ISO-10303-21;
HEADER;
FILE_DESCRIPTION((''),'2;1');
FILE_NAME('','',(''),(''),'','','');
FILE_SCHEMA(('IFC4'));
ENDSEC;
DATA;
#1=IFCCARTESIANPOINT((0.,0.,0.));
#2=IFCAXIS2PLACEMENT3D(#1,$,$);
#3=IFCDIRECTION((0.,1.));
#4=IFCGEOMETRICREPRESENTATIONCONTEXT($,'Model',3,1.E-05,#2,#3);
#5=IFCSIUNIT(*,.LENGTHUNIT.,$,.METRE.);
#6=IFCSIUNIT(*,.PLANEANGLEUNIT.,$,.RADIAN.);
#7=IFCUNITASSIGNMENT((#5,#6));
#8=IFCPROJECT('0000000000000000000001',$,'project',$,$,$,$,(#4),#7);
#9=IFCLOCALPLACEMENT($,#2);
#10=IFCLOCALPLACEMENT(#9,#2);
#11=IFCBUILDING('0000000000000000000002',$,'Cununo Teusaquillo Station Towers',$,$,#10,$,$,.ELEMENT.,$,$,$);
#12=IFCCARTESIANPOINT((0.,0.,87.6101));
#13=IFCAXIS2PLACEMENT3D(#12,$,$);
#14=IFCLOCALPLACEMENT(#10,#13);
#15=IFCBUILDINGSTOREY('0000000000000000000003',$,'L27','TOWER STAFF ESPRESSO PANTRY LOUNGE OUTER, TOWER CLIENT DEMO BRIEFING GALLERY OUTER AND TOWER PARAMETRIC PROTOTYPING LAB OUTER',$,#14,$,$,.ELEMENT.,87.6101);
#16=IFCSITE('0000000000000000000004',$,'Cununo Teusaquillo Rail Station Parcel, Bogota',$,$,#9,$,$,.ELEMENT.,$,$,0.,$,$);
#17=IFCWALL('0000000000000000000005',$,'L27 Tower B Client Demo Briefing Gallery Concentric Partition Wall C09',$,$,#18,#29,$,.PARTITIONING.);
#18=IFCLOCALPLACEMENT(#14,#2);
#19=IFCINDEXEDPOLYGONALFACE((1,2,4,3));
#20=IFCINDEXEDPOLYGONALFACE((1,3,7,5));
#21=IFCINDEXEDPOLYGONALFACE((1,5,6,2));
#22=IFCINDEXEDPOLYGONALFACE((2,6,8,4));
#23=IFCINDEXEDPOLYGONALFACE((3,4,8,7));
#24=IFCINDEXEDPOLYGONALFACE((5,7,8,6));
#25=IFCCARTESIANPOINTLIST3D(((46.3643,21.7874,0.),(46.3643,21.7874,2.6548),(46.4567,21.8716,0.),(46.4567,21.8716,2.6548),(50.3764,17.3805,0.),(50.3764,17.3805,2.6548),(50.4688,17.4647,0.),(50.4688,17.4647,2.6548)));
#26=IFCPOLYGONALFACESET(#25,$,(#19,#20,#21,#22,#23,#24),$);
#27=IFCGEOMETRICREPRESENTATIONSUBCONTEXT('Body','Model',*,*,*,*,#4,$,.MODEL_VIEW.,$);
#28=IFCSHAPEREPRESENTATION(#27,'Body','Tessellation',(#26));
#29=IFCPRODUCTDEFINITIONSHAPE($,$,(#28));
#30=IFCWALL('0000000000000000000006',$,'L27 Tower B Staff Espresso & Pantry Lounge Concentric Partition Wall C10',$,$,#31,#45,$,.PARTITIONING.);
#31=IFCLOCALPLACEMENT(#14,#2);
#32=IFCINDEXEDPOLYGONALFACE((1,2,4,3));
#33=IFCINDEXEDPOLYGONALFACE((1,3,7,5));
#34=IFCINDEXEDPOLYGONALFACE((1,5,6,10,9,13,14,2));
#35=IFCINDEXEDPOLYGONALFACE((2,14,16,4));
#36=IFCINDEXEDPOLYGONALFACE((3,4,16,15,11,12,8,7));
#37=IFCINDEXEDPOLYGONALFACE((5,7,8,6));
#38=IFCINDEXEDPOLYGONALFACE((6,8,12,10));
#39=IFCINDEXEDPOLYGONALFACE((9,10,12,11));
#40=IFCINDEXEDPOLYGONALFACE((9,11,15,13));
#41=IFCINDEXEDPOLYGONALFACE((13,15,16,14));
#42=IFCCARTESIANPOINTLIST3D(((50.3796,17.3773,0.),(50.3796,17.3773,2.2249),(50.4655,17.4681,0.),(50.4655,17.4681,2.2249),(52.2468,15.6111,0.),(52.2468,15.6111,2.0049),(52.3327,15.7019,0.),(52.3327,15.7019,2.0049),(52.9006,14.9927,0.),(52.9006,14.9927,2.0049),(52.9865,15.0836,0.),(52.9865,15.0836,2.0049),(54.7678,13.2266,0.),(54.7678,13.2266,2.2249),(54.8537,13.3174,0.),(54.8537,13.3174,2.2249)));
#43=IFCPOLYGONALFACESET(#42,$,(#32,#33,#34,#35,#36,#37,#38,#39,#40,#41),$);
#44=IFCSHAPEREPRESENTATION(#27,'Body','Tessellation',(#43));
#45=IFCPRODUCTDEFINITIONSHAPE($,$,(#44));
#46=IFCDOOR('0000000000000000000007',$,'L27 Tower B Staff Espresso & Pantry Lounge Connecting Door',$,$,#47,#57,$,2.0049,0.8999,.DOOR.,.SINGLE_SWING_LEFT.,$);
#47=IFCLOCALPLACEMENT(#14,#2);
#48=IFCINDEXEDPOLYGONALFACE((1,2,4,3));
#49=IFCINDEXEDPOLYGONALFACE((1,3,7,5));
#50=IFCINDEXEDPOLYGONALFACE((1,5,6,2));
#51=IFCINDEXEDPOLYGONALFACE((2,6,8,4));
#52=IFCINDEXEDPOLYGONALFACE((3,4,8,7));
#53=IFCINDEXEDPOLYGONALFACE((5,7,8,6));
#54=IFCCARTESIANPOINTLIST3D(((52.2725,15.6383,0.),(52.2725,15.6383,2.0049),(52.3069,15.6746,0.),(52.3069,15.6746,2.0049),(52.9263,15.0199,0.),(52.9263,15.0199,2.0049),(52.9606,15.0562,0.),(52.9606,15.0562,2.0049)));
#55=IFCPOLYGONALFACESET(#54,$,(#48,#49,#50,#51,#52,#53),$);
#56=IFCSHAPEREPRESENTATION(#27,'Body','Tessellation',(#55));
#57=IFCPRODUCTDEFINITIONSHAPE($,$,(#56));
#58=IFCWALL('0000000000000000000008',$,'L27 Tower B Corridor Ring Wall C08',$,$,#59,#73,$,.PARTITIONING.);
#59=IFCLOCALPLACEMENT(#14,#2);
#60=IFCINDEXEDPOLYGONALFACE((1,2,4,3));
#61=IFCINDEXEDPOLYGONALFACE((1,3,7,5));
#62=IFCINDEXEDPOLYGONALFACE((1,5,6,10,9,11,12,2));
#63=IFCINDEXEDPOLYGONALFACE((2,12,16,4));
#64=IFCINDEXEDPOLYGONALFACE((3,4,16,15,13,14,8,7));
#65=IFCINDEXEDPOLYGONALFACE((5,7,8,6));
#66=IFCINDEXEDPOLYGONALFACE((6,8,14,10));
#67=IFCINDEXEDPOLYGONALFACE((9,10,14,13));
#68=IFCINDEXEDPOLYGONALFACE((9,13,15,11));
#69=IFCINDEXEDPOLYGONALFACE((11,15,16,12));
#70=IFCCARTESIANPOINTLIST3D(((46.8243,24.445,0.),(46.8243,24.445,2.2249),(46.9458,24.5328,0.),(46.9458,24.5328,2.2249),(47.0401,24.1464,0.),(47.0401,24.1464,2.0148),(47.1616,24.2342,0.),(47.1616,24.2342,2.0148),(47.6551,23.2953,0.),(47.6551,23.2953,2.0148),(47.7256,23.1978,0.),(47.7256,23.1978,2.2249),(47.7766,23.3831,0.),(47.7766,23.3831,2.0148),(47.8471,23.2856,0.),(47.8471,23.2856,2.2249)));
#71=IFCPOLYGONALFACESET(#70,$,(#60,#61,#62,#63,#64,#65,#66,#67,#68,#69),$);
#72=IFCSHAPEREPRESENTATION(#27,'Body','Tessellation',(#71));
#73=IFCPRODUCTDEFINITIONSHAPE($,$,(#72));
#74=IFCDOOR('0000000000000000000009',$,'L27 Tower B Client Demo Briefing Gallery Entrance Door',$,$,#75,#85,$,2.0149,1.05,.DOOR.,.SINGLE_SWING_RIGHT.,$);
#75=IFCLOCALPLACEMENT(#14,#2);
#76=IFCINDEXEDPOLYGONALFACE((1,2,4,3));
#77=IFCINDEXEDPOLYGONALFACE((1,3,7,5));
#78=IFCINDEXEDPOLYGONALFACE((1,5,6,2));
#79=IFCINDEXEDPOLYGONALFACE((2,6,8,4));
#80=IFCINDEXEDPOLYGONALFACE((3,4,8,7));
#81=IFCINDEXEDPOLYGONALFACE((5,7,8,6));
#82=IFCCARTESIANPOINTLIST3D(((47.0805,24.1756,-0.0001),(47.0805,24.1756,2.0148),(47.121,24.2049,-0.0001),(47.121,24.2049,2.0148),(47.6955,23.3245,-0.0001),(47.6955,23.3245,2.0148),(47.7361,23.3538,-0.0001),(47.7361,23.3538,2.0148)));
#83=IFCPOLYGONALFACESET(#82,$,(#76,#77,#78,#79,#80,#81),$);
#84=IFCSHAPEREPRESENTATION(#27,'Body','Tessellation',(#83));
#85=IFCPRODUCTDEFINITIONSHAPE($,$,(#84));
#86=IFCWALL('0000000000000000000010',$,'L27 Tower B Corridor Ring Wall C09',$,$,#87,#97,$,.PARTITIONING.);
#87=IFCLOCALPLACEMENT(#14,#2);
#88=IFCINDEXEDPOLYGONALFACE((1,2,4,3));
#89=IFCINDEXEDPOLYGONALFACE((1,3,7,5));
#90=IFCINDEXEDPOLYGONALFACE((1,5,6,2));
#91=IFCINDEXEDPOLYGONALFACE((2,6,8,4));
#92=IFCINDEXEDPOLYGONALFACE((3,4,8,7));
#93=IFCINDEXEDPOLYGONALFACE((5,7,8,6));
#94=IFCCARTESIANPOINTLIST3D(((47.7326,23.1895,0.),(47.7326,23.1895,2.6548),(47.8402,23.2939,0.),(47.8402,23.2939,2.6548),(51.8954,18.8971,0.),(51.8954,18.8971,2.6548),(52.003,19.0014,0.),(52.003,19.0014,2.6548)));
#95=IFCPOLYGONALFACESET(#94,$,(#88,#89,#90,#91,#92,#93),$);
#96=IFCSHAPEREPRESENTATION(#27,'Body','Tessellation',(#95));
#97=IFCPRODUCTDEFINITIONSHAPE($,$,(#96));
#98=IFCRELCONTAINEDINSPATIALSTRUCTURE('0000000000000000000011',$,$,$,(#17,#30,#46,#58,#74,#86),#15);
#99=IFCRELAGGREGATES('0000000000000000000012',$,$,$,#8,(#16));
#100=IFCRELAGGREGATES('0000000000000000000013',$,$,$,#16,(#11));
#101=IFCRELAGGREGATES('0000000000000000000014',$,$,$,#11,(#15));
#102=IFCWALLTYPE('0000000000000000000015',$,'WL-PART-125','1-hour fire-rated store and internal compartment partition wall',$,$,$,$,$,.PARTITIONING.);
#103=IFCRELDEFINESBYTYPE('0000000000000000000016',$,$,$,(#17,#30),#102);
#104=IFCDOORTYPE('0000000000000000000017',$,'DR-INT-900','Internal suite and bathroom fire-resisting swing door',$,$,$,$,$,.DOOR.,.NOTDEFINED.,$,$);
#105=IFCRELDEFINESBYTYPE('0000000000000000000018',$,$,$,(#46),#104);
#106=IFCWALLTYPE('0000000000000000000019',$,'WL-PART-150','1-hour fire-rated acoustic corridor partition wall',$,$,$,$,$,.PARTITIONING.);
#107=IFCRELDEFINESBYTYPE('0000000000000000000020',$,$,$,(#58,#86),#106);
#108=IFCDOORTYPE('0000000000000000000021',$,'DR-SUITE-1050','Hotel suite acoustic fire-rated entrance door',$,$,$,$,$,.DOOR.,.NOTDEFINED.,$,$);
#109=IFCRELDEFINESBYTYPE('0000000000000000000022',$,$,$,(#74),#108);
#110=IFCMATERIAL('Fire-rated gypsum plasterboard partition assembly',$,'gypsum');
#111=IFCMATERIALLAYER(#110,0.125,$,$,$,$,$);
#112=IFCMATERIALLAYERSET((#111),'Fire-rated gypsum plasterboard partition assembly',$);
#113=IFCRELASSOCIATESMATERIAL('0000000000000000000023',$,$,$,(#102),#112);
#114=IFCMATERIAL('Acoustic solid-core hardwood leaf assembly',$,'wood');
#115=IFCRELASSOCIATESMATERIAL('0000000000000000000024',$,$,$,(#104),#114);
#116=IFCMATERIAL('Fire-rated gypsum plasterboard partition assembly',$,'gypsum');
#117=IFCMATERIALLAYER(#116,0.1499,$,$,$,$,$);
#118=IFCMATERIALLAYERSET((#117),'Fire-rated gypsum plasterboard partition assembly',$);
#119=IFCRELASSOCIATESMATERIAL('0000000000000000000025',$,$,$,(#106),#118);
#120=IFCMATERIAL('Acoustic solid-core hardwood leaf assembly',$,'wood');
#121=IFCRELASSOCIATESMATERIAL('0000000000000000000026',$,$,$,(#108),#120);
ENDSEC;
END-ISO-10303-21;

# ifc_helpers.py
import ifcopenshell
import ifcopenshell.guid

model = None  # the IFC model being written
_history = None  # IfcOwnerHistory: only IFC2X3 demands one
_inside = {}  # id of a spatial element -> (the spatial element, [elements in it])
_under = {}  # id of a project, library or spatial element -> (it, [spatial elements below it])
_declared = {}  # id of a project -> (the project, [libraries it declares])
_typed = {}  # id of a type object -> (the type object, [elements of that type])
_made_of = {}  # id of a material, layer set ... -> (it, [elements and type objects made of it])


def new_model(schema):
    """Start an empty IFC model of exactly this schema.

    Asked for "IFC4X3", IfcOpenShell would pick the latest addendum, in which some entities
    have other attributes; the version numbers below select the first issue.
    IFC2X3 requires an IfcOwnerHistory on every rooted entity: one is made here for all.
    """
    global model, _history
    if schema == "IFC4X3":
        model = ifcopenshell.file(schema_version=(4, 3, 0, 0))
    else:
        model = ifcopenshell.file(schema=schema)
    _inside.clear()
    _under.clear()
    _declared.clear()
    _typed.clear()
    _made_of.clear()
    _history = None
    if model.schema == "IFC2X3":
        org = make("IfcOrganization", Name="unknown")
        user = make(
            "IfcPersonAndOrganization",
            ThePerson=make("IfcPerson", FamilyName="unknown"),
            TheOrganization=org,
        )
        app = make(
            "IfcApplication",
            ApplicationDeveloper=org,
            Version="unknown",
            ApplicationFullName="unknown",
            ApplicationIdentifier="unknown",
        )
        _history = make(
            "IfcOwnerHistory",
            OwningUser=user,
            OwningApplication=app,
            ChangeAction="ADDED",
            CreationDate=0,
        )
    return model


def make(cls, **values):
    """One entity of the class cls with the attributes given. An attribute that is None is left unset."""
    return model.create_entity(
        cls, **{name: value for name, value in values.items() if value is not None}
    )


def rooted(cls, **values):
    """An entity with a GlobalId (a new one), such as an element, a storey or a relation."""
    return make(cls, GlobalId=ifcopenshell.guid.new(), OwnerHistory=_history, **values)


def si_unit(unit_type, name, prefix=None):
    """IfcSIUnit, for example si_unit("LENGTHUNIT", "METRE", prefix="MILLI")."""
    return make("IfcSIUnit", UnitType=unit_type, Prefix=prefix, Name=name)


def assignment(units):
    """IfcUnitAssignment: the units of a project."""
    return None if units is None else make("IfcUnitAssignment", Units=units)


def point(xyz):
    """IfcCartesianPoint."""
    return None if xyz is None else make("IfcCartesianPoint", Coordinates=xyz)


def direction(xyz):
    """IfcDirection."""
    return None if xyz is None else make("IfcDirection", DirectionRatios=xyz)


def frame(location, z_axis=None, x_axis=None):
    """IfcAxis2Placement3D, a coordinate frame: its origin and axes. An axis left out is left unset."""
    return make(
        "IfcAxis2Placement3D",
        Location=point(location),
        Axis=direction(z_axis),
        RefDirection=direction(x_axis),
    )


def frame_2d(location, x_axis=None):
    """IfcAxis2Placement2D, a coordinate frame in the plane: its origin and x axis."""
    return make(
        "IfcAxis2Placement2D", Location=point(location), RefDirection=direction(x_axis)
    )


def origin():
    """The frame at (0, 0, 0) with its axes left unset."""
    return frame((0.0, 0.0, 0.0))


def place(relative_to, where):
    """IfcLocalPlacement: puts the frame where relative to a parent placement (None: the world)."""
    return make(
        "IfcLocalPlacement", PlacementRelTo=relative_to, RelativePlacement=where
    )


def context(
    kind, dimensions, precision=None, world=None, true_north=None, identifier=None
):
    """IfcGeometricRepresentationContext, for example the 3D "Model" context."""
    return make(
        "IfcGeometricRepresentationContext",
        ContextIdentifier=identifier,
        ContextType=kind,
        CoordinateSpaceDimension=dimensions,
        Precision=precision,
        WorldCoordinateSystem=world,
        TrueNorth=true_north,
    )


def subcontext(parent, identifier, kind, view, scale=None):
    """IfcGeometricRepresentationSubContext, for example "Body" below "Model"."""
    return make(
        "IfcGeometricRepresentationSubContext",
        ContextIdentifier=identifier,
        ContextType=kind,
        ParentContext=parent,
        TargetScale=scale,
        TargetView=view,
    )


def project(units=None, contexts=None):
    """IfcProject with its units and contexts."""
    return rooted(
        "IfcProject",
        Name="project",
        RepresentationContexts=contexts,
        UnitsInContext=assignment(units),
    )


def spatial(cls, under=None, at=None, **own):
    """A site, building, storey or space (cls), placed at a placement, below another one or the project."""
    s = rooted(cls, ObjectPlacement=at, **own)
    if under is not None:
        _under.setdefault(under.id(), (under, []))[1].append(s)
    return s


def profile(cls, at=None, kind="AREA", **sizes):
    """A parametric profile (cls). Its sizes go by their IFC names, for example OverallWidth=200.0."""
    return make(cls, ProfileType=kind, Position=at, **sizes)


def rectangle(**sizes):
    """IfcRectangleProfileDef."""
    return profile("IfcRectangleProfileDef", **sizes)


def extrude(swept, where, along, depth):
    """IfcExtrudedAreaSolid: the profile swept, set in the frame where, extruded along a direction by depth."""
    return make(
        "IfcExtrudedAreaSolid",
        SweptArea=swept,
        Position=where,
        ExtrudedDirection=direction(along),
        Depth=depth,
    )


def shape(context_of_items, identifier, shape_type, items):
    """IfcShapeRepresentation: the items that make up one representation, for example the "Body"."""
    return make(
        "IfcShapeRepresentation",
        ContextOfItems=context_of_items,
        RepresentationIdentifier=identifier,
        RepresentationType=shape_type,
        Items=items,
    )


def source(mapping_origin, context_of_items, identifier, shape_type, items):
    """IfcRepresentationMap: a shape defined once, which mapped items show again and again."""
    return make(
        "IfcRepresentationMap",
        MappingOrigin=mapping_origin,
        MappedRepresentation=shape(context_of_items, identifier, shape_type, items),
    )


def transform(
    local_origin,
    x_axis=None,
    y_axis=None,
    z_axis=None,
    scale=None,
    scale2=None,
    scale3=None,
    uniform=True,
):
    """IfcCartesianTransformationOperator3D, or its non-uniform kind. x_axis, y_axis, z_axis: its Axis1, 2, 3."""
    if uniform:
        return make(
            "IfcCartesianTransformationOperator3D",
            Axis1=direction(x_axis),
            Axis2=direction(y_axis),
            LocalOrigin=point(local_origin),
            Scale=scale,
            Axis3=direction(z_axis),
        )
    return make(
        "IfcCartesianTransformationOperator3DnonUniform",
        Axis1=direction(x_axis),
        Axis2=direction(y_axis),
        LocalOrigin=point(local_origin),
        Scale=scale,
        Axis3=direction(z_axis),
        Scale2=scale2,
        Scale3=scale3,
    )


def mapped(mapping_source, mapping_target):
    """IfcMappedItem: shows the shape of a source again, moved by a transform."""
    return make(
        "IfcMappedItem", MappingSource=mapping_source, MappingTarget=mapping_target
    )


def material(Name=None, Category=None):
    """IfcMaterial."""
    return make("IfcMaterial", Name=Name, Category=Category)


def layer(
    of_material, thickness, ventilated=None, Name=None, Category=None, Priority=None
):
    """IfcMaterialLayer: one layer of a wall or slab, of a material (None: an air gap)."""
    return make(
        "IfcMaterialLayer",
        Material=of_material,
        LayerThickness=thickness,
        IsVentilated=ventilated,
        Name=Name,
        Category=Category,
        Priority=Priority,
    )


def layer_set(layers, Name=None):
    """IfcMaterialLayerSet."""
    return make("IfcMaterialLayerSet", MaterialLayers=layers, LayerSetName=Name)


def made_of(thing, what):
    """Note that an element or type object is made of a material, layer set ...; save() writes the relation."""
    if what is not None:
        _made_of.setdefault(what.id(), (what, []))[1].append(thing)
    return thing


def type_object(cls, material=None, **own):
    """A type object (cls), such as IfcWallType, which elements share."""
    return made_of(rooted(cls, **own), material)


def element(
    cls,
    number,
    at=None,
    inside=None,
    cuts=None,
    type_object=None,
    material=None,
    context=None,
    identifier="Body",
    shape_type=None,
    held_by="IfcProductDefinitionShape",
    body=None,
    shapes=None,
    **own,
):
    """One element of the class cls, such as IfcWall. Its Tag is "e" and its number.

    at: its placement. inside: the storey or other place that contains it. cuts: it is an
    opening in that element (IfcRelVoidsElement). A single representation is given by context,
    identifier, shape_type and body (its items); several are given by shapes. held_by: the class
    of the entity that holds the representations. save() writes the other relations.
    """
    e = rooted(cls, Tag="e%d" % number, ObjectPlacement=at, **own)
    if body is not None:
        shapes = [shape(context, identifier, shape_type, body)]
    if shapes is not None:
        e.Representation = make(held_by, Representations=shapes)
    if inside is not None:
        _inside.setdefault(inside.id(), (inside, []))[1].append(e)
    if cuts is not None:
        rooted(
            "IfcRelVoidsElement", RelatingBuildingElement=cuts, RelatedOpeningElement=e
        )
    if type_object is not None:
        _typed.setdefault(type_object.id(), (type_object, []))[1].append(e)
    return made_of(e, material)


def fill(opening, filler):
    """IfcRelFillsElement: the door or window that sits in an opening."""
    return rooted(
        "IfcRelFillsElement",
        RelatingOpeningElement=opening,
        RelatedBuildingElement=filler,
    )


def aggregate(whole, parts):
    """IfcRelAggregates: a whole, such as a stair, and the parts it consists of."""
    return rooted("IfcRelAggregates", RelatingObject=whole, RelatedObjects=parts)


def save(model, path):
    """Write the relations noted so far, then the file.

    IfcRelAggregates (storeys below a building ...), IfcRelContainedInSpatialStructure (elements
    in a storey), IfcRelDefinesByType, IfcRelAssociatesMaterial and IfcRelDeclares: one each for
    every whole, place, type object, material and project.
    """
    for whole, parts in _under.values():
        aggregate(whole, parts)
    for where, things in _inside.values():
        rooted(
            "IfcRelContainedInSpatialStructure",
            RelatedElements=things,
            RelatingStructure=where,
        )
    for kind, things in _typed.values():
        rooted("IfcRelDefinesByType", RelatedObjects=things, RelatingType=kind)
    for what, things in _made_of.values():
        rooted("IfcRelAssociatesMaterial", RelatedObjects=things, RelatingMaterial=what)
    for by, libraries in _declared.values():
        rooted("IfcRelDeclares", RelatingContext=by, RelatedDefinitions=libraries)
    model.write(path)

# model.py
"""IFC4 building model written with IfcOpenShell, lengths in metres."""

from ifc_helpers import new_model, si_unit, direction, frame, frame_2d, origin, place, context, subcontext, project, spatial, rectangle, extrude, source, transform, mapped, material, layer, layer_set, type_object, element, fill, save


model = new_model("IFC4")

# Units and contexts
model_context = context("Model", 3, precision=1e-05, world=origin(), true_north=direction((0.0, 1.0)))
body_context = subcontext(model_context, "Body", "Model", "MODEL_VIEW")
ifc_project = project(units=[si_unit("LENGTHUNIT", "METRE"), si_unit("PLANEANGLEUNIT", "RADIAN")], contexts=[model_context])

# Site, building, storey
site_placement = place(None, origin())
site = spatial("IfcSite", under=ifc_project, at=site_placement, Name="Cununo Teusaquillo Rail Station Parcel, Bogota", CompositionType="ELEMENT", RefElevation=0.0)
building_placement = place(site_placement, origin())
building = spatial("IfcBuilding", under=site, at=building_placement, Name="Cununo Teusaquillo Station Towers", CompositionType="ELEMENT")
storey_placement = place(building_placement, frame((0.0, 0.0, 87.6101)))
storey = spatial("IfcBuildingStorey", under=building, at=storey_placement, Name="L27", Description="TOWER STAFF ESPRESSO PANTRY LOUNGE OUTER, TOWER CLIENT DEMO BRIEFING GALLERY OUTER AND TOWER PARAMETRIC PROTOTYPING LAB OUTER", CompositionType="ELEMENT", Elevation=87.6101)

# Wall
ifc_material_1 = material(Name="Fire-rated gypsum plasterboard partition assembly", Category="gypsum")
ifc_layer_1 = layer(ifc_material_1, 0.125)
ifc_layer_set_1 = layer_set([ifc_layer_1], Name="Fire-rated gypsum plasterboard partition assembly")
wall_type_1 = type_object("IfcWallType", Name="WL-PART-125", Description="1-hour fire-rated store and internal compartment partition wall", PredefinedType="PARTITIONING", material=ifc_layer_set_1)
wall_1_placement = place(storey_placement, frame((46.4104, 21.8296, 0.0), z_axis=(0.0, 0.0, 1.0), x_axis=(0.673211, -0.739451, 0.0)))
element("IfcWall", 1, at=wall_1_placement, inside=storey, type_object=wall_type_1, Name="L27 Tower B Client Demo Briefing Gallery Concentric Partition Wall C09", PredefinedType="PARTITIONING", context=body_context, shape_type="SweptSolid", body=[
    extrude(rectangle(XDim=5.9597, YDim=0.125, at=frame_2d((2.98, 0.0))), origin(), (0.0, 0.0, 1.0), 2.6548),
])

# Walls, openings, doors
wall_2_placement = place(storey_placement, frame((50.4226, 17.4226, 0.0), z_axis=(0.0, 0.0, 1.0), x_axis=(0.726497, -0.687169, 0.0)))
wall_2 = element("IfcWall", 2, at=wall_2_placement, inside=storey, type_object=wall_type_1, Name="L27 Tower B Staff Espresso & Pantry Lounge Concentric Partition Wall C10", PredefinedType="PARTITIONING", context=body_context, shape_type="SweptSolid", body=[
    extrude(rectangle(XDim=6.0403, YDim=0.125, at=frame_2d((3.02, 0.0))), origin(), (0.0, 0.0, 1.0), 2.2249),
])
shared_shape_1 = source(origin(), body_context, "Body", "SweptSolid", [
    extrude(rectangle(XDim=0.8999, YDim=2.0049, at=frame_2d((0.45, 1.0024))), frame((0.0, 0.0725, 0.0), z_axis=(0.0, -1.0, 0.0), x_axis=(1.0, 0.0, 0.0)), (0.0, 0.0, 1.0), 0.145),
])
opening_1_placement = place(wall_2_placement, frame((2.5701, 0.0, 0.0)))
opening_1 = element("IfcOpeningElement", 3, at=opening_1_placement, cuts=wall_2, PredefinedType="OPENING", context=body_context, shape_type="MappedRepresentation", body=[
    mapped(shared_shape_1, transform((0.0, 0.0, 0.0), x_axis=(1.0, 0.0, 0.0), y_axis=(0.0, 1.0, 0.0), z_axis=(0.0, 0.0, 1.0), scale=1.0)),
])
ifc_material_2 = material(Name="Acoustic solid-core hardwood leaf assembly", Category="wood")
door_type_1 = type_object("IfcDoorType", Name="DR-INT-900", Description="Internal suite and bathroom fire-resisting swing door", OperationType="NOTDEFINED", PredefinedType="DOOR", material=ifc_material_2)
shared_shape_2 = source(origin(), body_context, "Body", "SweptSolid", [
    extrude(rectangle(XDim=0.8999, YDim=2.0049, at=frame_2d((0.45, 1.0024))), frame((0.0, 0.0249, 0.0), z_axis=(0.0, -1.0, 0.0), x_axis=(1.0, 0.0, 0.0)), (0.0, 0.0, 1.0), 0.05),
])
door_1_placement = place(opening_1_placement, origin())
door_1 = element("IfcDoor", 4, at=door_1_placement, inside=storey, type_object=door_type_1, Name="L27 Tower B Staff Espresso & Pantry Lounge Connecting Door", OperationType="SINGLE_SWING_LEFT", OverallHeight=2.0049, OverallWidth=0.8999, PredefinedType="DOOR", context=body_context, shape_type="MappedRepresentation", body=[
    mapped(shared_shape_2, transform((0.0, 0.0, 0.0), x_axis=(1.0, 0.0, 0.0), y_axis=(0.0, 1.0, 0.0), z_axis=(0.0, 0.0, 1.0), scale=1.0)),
])
fill(opening_1, door_1)
ifc_material_3 = material(Name="Fire-rated gypsum plasterboard partition assembly", Category="gypsum")
ifc_layer_2 = layer(ifc_material_3, 0.1499)
ifc_layer_set_2 = layer_set([ifc_layer_2], Name="Fire-rated gypsum plasterboard partition assembly")
wall_type_2 = type_object("IfcWallType", Name="WL-PART-150", Description="1-hour fire-rated acoustic corridor partition wall", PredefinedType="PARTITIONING", material=ifc_layer_set_2)
wall_3_placement = place(storey_placement, frame((46.885, 24.489, 0.0), z_axis=(0.0, 0.0, 1.0), x_axis=(0.585716, -0.810516, 0.0)))
wall_3 = element("IfcWall", 5, at=wall_3_placement, inside=storey, type_object=wall_type_2, Name="L27 Tower B Corridor Ring Wall C08", PredefinedType="PARTITIONING", context=body_context, shape_type="SweptSolid", body=[
    extrude(rectangle(XDim=1.5388, YDim=0.1499, at=frame_2d((0.7695, 0.0))), origin(), (0.0, 0.0, 1.0), 2.2249),
])
shared_shape_3 = source(origin(), body_context, "Body", "SweptSolid", [
    extrude(rectangle(XDim=1.05, YDim=2.0149, at=frame_2d((0.5249, 1.0073))), frame((0.0, 0.085, 0.0), z_axis=(0.0, -1.0, 0.0), x_axis=(1.0, 0.0, 0.0)), (0.0, 0.0, 1.0), 0.1699),
])
opening_2_placement = place(wall_3_placement, frame((0.3687, 0.0, 0.0)))
opening_2 = element("IfcOpeningElement", 6, at=opening_2_placement, cuts=wall_3, PredefinedType="OPENING", context=body_context, shape_type="MappedRepresentation", body=[
    mapped(shared_shape_3, transform((0.0, 0.0, 0.0), x_axis=(1.0, 0.0, 0.0), y_axis=(0.0, 1.0, 0.0), z_axis=(0.0, 0.0, 1.0), scale=1.0)),
])
ifc_material_4 = material(Name="Acoustic solid-core hardwood leaf assembly", Category="wood")
door_type_2 = type_object("IfcDoorType", Name="DR-SUITE-1050", Description="Hotel suite acoustic fire-rated entrance door", OperationType="NOTDEFINED", PredefinedType="DOOR", material=ifc_material_4)
shared_shape_4 = source(origin(), body_context, "Body", "SweptSolid", [
    extrude(rectangle(XDim=1.05, YDim=2.0149, at=frame_2d((0.5249, 1.0073))), frame((0.0, 0.0249, 0.0), z_axis=(0.0, -1.0, 0.0), x_axis=(1.0, 0.0, 0.0)), (0.0, 0.0, 1.0), 0.05),
])
door_2_placement = place(opening_2_placement, origin())
door_2 = element("IfcDoor", 7, at=door_2_placement, inside=storey, type_object=door_type_2, Name="L27 Tower B Client Demo Briefing Gallery Entrance Door", OperationType="SINGLE_SWING_RIGHT", OverallHeight=2.0149, OverallWidth=1.05, PredefinedType="DOOR", context=body_context, shape_type="MappedRepresentation", body=[
    mapped(shared_shape_4, transform((0.0, 0.0, 0.0), x_axis=(1.0, 0.0, 0.0), y_axis=(0.0, 1.0, 0.0), z_axis=(0.0, 0.0, 1.0), scale=1.0)),
])
fill(opening_2, door_2)

# Wall
wall_4_placement = place(storey_placement, frame((47.7864, 23.2417, 0.0), z_axis=(0.0, 0.0, 1.0), x_axis=(0.696183, -0.717864, 0.0)))
element("IfcWall", 8, at=wall_4_placement, inside=storey, type_object=wall_type_2, Name="L27 Tower B Corridor Ring Wall C09", PredefinedType="PARTITIONING", context=body_context, shape_type="SweptSolid", body=[
    extrude(rectangle(XDim=5.9795, YDim=0.1499, at=frame_2d((2.9897, 0.0))), origin(), (0.0, 0.0, 1.0), 2.6548),
])

save(model, "model.ifc")
